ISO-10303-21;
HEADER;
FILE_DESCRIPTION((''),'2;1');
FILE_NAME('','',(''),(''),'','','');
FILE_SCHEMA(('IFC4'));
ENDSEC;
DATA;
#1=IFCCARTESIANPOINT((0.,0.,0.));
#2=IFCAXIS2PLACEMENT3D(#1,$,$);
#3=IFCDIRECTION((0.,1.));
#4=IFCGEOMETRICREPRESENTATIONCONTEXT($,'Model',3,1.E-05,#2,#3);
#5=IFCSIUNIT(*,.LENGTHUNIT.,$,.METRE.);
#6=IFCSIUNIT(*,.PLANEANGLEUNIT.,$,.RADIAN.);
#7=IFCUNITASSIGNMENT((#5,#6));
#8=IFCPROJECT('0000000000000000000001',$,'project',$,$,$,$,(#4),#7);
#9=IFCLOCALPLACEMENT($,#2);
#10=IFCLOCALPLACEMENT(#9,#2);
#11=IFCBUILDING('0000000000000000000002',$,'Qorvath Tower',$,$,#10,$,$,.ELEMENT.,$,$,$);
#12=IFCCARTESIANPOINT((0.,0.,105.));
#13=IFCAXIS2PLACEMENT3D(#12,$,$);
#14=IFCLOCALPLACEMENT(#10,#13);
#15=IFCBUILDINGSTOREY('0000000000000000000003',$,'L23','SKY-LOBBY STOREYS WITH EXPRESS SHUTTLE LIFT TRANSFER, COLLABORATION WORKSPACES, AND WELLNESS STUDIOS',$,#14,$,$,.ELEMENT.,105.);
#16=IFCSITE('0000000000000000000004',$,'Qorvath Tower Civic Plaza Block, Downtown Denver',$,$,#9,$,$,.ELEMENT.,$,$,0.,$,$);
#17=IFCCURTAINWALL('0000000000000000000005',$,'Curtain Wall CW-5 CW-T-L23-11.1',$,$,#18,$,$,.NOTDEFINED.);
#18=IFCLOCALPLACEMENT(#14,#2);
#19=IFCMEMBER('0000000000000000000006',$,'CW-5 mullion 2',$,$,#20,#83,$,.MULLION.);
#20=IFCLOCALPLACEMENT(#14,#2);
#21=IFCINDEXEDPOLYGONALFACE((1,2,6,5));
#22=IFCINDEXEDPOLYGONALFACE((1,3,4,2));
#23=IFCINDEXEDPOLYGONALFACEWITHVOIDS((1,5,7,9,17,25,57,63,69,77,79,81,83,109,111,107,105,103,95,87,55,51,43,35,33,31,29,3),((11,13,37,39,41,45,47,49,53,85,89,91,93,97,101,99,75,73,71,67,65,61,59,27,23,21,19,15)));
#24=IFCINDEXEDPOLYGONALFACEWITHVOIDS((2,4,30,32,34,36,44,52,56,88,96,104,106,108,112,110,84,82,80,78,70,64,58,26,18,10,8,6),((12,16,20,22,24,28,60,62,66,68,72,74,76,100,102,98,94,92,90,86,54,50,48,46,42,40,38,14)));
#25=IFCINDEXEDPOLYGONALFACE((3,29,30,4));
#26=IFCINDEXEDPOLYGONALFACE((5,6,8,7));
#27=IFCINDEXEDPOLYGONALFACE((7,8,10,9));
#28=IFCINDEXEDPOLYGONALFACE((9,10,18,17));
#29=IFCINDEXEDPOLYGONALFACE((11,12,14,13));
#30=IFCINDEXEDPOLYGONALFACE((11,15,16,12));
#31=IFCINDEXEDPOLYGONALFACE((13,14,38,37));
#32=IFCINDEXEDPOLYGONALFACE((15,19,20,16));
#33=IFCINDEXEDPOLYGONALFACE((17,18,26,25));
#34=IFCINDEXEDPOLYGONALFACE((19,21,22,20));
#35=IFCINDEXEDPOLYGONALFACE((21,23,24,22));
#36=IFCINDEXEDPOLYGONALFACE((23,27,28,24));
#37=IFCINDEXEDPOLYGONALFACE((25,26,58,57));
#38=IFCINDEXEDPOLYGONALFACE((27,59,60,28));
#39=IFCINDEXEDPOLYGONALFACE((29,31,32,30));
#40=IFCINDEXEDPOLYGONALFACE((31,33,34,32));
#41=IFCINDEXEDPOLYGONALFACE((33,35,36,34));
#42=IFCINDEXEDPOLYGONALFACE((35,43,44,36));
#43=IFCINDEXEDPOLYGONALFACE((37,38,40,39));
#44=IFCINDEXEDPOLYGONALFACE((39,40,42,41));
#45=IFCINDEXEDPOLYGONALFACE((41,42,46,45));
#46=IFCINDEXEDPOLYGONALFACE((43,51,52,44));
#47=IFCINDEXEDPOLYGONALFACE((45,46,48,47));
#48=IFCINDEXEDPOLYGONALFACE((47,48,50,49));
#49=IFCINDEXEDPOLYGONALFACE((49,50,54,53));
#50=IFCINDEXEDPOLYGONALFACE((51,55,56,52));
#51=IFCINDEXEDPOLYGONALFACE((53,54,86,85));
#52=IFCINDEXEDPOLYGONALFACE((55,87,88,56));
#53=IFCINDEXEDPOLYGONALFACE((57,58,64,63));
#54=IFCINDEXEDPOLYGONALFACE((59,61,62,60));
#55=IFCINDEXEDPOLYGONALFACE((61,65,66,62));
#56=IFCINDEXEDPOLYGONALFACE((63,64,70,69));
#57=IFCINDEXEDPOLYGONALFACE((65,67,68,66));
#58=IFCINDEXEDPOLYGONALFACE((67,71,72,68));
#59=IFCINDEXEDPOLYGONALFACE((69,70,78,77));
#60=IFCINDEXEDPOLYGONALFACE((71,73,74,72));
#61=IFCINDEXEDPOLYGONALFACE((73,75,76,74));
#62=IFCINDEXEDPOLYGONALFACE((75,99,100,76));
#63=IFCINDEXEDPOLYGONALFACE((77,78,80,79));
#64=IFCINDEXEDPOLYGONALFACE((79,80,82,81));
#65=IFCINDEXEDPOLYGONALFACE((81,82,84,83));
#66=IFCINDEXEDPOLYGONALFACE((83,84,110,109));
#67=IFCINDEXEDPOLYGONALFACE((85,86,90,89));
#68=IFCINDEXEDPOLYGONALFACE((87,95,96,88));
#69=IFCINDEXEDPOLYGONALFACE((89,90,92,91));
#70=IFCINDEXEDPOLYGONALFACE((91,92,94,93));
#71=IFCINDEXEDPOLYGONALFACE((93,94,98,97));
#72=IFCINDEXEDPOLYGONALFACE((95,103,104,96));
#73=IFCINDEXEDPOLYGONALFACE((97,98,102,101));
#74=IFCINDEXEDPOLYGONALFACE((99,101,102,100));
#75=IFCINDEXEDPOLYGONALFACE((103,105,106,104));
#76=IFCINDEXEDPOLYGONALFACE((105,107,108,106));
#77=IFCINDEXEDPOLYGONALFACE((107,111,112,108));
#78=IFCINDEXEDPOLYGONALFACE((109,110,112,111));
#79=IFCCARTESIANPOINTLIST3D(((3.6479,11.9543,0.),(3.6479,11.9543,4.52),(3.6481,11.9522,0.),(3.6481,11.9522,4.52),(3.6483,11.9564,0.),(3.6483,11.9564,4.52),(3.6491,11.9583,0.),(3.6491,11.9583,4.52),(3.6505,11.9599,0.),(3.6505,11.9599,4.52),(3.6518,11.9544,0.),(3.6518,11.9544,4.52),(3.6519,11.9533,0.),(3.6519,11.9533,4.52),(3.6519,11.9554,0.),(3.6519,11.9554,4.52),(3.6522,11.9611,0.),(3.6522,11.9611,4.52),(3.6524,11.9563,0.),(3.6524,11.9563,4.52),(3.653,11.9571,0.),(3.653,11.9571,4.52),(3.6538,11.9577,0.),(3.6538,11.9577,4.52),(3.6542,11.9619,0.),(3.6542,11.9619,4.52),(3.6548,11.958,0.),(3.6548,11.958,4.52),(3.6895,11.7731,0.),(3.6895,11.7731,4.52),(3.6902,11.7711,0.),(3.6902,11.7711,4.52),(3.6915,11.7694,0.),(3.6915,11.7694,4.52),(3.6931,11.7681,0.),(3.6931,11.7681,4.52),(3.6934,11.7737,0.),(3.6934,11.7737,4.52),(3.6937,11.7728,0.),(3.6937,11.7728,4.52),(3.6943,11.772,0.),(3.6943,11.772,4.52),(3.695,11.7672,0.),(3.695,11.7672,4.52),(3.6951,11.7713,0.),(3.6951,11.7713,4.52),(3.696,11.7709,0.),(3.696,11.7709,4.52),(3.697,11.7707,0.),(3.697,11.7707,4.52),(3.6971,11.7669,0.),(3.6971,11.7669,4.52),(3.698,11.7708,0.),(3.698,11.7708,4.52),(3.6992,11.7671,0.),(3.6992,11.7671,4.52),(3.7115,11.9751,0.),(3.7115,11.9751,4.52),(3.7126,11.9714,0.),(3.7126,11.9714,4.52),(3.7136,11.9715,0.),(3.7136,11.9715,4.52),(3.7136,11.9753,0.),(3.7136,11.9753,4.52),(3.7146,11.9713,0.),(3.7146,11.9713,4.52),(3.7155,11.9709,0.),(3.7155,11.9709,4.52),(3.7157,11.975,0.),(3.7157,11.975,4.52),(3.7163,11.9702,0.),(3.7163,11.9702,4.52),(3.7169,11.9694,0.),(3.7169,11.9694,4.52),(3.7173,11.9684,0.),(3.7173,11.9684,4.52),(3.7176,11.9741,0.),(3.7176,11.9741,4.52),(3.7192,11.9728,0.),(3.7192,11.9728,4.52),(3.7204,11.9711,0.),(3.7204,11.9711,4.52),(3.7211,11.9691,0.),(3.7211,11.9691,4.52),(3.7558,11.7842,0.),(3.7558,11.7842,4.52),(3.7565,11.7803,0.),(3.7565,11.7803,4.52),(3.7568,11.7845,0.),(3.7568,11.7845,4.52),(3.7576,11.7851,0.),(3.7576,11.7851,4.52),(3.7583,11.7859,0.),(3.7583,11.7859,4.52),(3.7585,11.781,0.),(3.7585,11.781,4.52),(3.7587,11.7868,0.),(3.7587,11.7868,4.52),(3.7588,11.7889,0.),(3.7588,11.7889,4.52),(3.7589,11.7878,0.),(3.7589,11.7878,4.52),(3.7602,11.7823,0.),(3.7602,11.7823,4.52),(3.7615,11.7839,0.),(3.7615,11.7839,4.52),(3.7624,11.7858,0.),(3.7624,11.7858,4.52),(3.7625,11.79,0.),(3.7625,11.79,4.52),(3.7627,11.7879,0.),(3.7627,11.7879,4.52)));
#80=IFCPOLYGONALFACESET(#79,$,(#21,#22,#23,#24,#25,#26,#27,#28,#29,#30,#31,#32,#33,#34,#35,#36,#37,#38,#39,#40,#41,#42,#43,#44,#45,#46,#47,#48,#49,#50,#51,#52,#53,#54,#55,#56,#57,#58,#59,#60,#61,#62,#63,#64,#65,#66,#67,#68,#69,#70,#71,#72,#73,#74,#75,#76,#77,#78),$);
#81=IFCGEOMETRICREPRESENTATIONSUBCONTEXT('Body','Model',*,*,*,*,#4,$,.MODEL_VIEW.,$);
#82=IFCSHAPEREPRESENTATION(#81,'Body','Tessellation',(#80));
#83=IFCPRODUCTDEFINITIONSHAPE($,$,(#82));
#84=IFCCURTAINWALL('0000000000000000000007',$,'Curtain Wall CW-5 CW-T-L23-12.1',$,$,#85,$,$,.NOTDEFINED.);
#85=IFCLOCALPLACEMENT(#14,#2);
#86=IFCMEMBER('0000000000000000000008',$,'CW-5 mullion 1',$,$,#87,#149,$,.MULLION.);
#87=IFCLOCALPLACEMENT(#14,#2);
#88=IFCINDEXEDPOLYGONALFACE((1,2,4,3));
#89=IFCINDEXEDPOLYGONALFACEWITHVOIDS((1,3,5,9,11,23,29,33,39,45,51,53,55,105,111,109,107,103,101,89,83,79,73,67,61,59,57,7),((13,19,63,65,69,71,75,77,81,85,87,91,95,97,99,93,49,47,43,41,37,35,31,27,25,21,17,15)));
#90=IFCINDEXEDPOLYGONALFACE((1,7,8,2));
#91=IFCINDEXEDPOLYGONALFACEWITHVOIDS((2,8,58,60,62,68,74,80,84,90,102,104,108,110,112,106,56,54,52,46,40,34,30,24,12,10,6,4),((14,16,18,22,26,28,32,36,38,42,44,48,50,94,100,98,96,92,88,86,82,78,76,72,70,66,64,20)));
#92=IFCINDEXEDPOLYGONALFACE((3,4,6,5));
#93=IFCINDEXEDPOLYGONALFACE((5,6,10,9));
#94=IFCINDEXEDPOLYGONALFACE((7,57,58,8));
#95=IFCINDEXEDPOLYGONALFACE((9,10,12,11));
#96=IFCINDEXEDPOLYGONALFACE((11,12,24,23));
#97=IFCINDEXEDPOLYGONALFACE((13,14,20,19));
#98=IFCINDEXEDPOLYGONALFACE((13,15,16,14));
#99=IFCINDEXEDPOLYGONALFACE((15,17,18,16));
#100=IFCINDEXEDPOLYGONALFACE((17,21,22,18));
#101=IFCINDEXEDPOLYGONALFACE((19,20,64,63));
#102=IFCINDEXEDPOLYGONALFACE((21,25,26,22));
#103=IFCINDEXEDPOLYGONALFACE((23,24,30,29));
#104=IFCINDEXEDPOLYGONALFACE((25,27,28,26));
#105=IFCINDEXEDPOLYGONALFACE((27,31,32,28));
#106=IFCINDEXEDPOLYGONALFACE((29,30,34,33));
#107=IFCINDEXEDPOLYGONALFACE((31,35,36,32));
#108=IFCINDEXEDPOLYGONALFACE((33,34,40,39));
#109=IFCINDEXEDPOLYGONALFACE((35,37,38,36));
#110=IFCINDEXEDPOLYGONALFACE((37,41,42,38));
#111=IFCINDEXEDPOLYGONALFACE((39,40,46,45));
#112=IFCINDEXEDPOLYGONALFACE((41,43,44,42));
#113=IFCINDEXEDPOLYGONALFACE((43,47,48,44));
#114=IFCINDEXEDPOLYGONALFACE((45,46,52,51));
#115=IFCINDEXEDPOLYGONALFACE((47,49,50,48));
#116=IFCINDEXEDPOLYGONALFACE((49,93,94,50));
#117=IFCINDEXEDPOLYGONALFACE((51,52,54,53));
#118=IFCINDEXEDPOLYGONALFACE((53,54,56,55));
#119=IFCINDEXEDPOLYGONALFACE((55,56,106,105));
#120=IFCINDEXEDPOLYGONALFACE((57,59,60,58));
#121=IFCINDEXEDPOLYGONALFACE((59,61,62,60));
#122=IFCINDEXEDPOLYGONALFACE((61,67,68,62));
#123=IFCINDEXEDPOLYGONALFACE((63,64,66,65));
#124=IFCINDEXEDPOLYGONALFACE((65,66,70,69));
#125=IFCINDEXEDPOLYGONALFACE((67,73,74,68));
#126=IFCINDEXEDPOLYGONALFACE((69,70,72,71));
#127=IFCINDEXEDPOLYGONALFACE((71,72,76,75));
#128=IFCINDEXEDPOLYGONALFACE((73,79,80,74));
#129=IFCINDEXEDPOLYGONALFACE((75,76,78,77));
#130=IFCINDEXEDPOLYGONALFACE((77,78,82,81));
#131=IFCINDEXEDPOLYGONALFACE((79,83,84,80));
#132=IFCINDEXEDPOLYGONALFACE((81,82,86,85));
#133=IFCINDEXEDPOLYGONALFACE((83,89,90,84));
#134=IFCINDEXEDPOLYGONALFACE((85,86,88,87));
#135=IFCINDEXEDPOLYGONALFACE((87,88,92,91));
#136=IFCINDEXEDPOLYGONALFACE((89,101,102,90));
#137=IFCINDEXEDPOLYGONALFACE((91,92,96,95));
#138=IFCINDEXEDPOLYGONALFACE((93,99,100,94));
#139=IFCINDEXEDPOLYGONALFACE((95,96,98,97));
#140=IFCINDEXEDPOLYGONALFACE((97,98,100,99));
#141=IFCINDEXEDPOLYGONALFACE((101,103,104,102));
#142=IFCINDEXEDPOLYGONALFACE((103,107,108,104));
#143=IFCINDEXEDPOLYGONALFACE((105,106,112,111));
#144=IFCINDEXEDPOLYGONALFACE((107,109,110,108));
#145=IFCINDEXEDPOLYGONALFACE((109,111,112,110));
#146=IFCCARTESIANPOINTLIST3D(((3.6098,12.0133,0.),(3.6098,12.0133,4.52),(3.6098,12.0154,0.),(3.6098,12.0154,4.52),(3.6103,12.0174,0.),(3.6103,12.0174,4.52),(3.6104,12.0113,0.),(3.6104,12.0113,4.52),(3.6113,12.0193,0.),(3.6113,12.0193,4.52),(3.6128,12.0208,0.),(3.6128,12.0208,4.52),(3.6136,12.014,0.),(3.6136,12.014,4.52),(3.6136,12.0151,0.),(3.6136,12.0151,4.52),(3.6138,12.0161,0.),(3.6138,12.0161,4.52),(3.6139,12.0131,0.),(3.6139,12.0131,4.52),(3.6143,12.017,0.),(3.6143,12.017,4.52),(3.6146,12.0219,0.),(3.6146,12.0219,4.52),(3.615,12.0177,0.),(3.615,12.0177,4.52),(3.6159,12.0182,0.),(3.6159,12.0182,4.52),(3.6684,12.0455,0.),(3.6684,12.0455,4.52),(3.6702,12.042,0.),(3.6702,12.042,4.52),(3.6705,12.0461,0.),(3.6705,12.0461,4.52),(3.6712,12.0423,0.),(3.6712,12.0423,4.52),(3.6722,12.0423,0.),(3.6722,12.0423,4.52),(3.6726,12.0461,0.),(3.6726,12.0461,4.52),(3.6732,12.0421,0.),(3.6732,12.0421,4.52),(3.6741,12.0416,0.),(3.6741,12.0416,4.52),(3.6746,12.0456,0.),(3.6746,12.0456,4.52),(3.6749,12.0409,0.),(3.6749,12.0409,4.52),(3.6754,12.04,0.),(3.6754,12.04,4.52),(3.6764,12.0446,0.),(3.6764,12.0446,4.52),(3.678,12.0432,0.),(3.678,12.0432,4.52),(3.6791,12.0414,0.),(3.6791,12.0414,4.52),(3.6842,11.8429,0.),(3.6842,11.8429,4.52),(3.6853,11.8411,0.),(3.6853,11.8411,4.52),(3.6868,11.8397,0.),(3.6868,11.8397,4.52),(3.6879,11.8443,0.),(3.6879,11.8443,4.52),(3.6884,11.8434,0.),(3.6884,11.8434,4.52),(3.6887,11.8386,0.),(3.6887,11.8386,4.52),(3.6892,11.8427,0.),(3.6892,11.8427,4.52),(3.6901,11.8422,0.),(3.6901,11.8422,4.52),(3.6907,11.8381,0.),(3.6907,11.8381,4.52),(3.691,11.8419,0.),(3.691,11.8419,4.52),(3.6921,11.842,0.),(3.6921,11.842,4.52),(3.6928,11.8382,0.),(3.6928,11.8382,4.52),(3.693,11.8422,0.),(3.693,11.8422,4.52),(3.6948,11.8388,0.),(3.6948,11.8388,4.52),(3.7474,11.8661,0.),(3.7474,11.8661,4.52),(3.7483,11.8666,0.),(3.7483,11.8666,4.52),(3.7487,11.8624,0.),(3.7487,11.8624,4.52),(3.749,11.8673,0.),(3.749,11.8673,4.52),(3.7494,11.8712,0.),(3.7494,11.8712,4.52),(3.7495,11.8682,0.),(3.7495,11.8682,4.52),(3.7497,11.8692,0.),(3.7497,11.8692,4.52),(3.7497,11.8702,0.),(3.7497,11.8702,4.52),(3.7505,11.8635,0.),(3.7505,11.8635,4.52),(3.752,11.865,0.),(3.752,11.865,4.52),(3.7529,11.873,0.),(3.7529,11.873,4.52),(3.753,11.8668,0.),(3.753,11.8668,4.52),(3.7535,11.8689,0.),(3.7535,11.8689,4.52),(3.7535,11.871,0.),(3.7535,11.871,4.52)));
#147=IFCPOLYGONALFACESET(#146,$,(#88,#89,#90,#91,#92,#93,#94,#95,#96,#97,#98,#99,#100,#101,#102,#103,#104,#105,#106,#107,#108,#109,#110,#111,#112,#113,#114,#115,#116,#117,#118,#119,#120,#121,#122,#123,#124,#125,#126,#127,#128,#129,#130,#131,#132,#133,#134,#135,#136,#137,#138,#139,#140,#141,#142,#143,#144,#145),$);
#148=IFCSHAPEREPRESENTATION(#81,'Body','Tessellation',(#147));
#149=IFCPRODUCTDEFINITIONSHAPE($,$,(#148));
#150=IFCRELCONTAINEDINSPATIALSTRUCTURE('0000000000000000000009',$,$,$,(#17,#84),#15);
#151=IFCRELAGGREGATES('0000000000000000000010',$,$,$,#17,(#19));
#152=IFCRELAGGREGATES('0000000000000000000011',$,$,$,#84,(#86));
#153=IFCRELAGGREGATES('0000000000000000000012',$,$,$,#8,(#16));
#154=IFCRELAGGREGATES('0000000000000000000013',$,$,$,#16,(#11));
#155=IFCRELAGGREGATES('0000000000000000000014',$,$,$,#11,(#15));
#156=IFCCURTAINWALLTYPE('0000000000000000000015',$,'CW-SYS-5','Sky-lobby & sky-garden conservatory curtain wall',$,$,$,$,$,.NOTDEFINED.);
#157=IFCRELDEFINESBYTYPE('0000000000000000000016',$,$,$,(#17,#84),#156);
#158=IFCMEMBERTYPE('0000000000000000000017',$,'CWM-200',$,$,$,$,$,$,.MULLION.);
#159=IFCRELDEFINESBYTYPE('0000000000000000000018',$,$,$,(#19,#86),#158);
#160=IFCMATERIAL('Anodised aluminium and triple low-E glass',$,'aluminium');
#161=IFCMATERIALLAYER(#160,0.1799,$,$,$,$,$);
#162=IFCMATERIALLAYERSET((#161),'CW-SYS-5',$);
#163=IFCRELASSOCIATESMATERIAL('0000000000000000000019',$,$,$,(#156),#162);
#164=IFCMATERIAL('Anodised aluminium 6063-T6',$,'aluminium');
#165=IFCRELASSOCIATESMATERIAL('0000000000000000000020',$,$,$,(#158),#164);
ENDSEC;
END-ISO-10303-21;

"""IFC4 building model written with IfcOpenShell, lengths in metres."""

from ifc_helpers import new_model, si_unit, direction, frame, origin, origin_2d, place, context, subcontext, project, spatial, hollow_rectangle, extrude, material, layer, layer_set, material_profile, profile_set, type_object, element, aggregate, save


model = new_model("IFC4")

# Units and contexts
model_context = context("Model", 3, precision=1e-05, world=origin(), true_north=direction((0.0, 1.0)))
body_context = subcontext(model_context, "Body", "Model", "MODEL_VIEW")
ifc_project = project(units=[si_unit("LENGTHUNIT", "METRE"), si_unit("PLANEANGLEUNIT", "RADIAN")], contexts=[model_context])

# Site, building, storey
site_placement = place(None, origin())
site = spatial("IfcSite", under=ifc_project, at=site_placement, Name="Qorvath Tower Civic Plaza Block, Downtown Denver", CompositionType="ELEMENT", RefElevation=0.0)
building_placement = place(site_placement, origin())
building = spatial("IfcBuilding", under=site, at=building_placement, Name="Qorvath Tower", CompositionType="ELEMENT")
storey_placement = place(building_placement, frame((0.0, 0.0, 105.0)))
storey = spatial("IfcBuildingStorey", under=building, at=storey_placement, Name="L23", Description="SKY-LOBBY STOREYS WITH EXPRESS SHUTTLE LIFT TRANSFER, COLLABORATION WORKSPACES, AND WELLNESS STUDIOS", CompositionType="ELEMENT", Elevation=105.0)

# Curtain wall, member
ifc_material_1 = material(Name="Anodised aluminium and triple low-E glass", Category="aluminium")
ifc_layer_1 = layer(ifc_material_1, 0.1799)
ifc_layer_set_1 = layer_set([ifc_layer_1], Name="CW-SYS-5")
curtain_wall_type = type_object("IfcCurtainWallType", Name="CW-SYS-5", Description="Sky-lobby & sky-garden conservatory curtain wall", PredefinedType="NOTDEFINED", material=ifc_layer_set_1)
curtain_wall_1_placement = place(storey_placement, origin())
curtain_wall_1 = element("IfcCurtainWall", 1, at=curtain_wall_1_placement, inside=storey, type_object=curtain_wall_type, Name="Curtain Wall CW-5 CW-T-L23-11.1", PredefinedType="NOTDEFINED")
ifc_material_2 = material(Name="Anodised aluminium 6063-T6", Category="aluminium")
ifc_material_profile_1 = material_profile(ifc_material_2, hollow_rectangle(XDim=0.075, YDim=0.2, WallThickness=0.0039, InnerFilletRadius=0.0039, OuterFilletRadius=0.0081, at=origin_2d()), Name="CWM 200x75")
ifc_profile_set_1 = profile_set([ifc_material_profile_1], Name="Anodised aluminium 6063-T6")
member_type_1 = type_object("IfcMemberType", Name="CWM-200", PredefinedType="MULLION", material=ifc_profile_set_1)
member_1_placement = place(storey_placement, frame((3.7053, 11.8711, 0.0), z_axis=(0.0, 0.0, 1.0), x_axis=(-0.974339, -0.225085, 0.0)))
member_1 = element("IfcMember", 2, at=member_1_placement, type_object=member_type_1, Name="CW-5 mullion 2", PredefinedType="MULLION", context=body_context, shape_type="SweptSolid", body=[
    extrude(hollow_rectangle(XDim=0.075, YDim=0.2, WallThickness=0.0039, InnerFilletRadius=0.0039, OuterFilletRadius=0.0081, at=origin_2d()), origin(), (0.0, 0.0, 1.0), 4.52),
])

# Curtain wall, member
curtain_wall_2_placement = place(storey_placement, origin())
curtain_wall_2 = element("IfcCurtainWall", 3, at=curtain_wall_2_placement, inside=storey, type_object=curtain_wall_type, Name="Curtain Wall CW-5 CW-T-L23-12.1", PredefinedType="NOTDEFINED")
member_2_placement = place(storey_placement, frame((3.6816, 11.9421, 0.0), z_axis=(0.0, 0.0, 1.0), x_axis=(-0.915851, -0.401519, 0.0)))
member_2 = element("IfcMember", 4, at=member_2_placement, type_object=member_type_1, Name="CW-5 mullion 1", PredefinedType="MULLION", context=body_context, shape_type="SweptSolid", body=[
    extrude(hollow_rectangle(XDim=0.075, YDim=0.2, WallThickness=0.0039, InnerFilletRadius=0.0039, OuterFilletRadius=0.0081, at=origin_2d()), origin(), (0.0, 0.0, 1.0), 4.52),
])

aggregate(curtain_wall_1, [member_1])
aggregate(curtain_wall_2, [member_2])

save(model, "model.ifc")
